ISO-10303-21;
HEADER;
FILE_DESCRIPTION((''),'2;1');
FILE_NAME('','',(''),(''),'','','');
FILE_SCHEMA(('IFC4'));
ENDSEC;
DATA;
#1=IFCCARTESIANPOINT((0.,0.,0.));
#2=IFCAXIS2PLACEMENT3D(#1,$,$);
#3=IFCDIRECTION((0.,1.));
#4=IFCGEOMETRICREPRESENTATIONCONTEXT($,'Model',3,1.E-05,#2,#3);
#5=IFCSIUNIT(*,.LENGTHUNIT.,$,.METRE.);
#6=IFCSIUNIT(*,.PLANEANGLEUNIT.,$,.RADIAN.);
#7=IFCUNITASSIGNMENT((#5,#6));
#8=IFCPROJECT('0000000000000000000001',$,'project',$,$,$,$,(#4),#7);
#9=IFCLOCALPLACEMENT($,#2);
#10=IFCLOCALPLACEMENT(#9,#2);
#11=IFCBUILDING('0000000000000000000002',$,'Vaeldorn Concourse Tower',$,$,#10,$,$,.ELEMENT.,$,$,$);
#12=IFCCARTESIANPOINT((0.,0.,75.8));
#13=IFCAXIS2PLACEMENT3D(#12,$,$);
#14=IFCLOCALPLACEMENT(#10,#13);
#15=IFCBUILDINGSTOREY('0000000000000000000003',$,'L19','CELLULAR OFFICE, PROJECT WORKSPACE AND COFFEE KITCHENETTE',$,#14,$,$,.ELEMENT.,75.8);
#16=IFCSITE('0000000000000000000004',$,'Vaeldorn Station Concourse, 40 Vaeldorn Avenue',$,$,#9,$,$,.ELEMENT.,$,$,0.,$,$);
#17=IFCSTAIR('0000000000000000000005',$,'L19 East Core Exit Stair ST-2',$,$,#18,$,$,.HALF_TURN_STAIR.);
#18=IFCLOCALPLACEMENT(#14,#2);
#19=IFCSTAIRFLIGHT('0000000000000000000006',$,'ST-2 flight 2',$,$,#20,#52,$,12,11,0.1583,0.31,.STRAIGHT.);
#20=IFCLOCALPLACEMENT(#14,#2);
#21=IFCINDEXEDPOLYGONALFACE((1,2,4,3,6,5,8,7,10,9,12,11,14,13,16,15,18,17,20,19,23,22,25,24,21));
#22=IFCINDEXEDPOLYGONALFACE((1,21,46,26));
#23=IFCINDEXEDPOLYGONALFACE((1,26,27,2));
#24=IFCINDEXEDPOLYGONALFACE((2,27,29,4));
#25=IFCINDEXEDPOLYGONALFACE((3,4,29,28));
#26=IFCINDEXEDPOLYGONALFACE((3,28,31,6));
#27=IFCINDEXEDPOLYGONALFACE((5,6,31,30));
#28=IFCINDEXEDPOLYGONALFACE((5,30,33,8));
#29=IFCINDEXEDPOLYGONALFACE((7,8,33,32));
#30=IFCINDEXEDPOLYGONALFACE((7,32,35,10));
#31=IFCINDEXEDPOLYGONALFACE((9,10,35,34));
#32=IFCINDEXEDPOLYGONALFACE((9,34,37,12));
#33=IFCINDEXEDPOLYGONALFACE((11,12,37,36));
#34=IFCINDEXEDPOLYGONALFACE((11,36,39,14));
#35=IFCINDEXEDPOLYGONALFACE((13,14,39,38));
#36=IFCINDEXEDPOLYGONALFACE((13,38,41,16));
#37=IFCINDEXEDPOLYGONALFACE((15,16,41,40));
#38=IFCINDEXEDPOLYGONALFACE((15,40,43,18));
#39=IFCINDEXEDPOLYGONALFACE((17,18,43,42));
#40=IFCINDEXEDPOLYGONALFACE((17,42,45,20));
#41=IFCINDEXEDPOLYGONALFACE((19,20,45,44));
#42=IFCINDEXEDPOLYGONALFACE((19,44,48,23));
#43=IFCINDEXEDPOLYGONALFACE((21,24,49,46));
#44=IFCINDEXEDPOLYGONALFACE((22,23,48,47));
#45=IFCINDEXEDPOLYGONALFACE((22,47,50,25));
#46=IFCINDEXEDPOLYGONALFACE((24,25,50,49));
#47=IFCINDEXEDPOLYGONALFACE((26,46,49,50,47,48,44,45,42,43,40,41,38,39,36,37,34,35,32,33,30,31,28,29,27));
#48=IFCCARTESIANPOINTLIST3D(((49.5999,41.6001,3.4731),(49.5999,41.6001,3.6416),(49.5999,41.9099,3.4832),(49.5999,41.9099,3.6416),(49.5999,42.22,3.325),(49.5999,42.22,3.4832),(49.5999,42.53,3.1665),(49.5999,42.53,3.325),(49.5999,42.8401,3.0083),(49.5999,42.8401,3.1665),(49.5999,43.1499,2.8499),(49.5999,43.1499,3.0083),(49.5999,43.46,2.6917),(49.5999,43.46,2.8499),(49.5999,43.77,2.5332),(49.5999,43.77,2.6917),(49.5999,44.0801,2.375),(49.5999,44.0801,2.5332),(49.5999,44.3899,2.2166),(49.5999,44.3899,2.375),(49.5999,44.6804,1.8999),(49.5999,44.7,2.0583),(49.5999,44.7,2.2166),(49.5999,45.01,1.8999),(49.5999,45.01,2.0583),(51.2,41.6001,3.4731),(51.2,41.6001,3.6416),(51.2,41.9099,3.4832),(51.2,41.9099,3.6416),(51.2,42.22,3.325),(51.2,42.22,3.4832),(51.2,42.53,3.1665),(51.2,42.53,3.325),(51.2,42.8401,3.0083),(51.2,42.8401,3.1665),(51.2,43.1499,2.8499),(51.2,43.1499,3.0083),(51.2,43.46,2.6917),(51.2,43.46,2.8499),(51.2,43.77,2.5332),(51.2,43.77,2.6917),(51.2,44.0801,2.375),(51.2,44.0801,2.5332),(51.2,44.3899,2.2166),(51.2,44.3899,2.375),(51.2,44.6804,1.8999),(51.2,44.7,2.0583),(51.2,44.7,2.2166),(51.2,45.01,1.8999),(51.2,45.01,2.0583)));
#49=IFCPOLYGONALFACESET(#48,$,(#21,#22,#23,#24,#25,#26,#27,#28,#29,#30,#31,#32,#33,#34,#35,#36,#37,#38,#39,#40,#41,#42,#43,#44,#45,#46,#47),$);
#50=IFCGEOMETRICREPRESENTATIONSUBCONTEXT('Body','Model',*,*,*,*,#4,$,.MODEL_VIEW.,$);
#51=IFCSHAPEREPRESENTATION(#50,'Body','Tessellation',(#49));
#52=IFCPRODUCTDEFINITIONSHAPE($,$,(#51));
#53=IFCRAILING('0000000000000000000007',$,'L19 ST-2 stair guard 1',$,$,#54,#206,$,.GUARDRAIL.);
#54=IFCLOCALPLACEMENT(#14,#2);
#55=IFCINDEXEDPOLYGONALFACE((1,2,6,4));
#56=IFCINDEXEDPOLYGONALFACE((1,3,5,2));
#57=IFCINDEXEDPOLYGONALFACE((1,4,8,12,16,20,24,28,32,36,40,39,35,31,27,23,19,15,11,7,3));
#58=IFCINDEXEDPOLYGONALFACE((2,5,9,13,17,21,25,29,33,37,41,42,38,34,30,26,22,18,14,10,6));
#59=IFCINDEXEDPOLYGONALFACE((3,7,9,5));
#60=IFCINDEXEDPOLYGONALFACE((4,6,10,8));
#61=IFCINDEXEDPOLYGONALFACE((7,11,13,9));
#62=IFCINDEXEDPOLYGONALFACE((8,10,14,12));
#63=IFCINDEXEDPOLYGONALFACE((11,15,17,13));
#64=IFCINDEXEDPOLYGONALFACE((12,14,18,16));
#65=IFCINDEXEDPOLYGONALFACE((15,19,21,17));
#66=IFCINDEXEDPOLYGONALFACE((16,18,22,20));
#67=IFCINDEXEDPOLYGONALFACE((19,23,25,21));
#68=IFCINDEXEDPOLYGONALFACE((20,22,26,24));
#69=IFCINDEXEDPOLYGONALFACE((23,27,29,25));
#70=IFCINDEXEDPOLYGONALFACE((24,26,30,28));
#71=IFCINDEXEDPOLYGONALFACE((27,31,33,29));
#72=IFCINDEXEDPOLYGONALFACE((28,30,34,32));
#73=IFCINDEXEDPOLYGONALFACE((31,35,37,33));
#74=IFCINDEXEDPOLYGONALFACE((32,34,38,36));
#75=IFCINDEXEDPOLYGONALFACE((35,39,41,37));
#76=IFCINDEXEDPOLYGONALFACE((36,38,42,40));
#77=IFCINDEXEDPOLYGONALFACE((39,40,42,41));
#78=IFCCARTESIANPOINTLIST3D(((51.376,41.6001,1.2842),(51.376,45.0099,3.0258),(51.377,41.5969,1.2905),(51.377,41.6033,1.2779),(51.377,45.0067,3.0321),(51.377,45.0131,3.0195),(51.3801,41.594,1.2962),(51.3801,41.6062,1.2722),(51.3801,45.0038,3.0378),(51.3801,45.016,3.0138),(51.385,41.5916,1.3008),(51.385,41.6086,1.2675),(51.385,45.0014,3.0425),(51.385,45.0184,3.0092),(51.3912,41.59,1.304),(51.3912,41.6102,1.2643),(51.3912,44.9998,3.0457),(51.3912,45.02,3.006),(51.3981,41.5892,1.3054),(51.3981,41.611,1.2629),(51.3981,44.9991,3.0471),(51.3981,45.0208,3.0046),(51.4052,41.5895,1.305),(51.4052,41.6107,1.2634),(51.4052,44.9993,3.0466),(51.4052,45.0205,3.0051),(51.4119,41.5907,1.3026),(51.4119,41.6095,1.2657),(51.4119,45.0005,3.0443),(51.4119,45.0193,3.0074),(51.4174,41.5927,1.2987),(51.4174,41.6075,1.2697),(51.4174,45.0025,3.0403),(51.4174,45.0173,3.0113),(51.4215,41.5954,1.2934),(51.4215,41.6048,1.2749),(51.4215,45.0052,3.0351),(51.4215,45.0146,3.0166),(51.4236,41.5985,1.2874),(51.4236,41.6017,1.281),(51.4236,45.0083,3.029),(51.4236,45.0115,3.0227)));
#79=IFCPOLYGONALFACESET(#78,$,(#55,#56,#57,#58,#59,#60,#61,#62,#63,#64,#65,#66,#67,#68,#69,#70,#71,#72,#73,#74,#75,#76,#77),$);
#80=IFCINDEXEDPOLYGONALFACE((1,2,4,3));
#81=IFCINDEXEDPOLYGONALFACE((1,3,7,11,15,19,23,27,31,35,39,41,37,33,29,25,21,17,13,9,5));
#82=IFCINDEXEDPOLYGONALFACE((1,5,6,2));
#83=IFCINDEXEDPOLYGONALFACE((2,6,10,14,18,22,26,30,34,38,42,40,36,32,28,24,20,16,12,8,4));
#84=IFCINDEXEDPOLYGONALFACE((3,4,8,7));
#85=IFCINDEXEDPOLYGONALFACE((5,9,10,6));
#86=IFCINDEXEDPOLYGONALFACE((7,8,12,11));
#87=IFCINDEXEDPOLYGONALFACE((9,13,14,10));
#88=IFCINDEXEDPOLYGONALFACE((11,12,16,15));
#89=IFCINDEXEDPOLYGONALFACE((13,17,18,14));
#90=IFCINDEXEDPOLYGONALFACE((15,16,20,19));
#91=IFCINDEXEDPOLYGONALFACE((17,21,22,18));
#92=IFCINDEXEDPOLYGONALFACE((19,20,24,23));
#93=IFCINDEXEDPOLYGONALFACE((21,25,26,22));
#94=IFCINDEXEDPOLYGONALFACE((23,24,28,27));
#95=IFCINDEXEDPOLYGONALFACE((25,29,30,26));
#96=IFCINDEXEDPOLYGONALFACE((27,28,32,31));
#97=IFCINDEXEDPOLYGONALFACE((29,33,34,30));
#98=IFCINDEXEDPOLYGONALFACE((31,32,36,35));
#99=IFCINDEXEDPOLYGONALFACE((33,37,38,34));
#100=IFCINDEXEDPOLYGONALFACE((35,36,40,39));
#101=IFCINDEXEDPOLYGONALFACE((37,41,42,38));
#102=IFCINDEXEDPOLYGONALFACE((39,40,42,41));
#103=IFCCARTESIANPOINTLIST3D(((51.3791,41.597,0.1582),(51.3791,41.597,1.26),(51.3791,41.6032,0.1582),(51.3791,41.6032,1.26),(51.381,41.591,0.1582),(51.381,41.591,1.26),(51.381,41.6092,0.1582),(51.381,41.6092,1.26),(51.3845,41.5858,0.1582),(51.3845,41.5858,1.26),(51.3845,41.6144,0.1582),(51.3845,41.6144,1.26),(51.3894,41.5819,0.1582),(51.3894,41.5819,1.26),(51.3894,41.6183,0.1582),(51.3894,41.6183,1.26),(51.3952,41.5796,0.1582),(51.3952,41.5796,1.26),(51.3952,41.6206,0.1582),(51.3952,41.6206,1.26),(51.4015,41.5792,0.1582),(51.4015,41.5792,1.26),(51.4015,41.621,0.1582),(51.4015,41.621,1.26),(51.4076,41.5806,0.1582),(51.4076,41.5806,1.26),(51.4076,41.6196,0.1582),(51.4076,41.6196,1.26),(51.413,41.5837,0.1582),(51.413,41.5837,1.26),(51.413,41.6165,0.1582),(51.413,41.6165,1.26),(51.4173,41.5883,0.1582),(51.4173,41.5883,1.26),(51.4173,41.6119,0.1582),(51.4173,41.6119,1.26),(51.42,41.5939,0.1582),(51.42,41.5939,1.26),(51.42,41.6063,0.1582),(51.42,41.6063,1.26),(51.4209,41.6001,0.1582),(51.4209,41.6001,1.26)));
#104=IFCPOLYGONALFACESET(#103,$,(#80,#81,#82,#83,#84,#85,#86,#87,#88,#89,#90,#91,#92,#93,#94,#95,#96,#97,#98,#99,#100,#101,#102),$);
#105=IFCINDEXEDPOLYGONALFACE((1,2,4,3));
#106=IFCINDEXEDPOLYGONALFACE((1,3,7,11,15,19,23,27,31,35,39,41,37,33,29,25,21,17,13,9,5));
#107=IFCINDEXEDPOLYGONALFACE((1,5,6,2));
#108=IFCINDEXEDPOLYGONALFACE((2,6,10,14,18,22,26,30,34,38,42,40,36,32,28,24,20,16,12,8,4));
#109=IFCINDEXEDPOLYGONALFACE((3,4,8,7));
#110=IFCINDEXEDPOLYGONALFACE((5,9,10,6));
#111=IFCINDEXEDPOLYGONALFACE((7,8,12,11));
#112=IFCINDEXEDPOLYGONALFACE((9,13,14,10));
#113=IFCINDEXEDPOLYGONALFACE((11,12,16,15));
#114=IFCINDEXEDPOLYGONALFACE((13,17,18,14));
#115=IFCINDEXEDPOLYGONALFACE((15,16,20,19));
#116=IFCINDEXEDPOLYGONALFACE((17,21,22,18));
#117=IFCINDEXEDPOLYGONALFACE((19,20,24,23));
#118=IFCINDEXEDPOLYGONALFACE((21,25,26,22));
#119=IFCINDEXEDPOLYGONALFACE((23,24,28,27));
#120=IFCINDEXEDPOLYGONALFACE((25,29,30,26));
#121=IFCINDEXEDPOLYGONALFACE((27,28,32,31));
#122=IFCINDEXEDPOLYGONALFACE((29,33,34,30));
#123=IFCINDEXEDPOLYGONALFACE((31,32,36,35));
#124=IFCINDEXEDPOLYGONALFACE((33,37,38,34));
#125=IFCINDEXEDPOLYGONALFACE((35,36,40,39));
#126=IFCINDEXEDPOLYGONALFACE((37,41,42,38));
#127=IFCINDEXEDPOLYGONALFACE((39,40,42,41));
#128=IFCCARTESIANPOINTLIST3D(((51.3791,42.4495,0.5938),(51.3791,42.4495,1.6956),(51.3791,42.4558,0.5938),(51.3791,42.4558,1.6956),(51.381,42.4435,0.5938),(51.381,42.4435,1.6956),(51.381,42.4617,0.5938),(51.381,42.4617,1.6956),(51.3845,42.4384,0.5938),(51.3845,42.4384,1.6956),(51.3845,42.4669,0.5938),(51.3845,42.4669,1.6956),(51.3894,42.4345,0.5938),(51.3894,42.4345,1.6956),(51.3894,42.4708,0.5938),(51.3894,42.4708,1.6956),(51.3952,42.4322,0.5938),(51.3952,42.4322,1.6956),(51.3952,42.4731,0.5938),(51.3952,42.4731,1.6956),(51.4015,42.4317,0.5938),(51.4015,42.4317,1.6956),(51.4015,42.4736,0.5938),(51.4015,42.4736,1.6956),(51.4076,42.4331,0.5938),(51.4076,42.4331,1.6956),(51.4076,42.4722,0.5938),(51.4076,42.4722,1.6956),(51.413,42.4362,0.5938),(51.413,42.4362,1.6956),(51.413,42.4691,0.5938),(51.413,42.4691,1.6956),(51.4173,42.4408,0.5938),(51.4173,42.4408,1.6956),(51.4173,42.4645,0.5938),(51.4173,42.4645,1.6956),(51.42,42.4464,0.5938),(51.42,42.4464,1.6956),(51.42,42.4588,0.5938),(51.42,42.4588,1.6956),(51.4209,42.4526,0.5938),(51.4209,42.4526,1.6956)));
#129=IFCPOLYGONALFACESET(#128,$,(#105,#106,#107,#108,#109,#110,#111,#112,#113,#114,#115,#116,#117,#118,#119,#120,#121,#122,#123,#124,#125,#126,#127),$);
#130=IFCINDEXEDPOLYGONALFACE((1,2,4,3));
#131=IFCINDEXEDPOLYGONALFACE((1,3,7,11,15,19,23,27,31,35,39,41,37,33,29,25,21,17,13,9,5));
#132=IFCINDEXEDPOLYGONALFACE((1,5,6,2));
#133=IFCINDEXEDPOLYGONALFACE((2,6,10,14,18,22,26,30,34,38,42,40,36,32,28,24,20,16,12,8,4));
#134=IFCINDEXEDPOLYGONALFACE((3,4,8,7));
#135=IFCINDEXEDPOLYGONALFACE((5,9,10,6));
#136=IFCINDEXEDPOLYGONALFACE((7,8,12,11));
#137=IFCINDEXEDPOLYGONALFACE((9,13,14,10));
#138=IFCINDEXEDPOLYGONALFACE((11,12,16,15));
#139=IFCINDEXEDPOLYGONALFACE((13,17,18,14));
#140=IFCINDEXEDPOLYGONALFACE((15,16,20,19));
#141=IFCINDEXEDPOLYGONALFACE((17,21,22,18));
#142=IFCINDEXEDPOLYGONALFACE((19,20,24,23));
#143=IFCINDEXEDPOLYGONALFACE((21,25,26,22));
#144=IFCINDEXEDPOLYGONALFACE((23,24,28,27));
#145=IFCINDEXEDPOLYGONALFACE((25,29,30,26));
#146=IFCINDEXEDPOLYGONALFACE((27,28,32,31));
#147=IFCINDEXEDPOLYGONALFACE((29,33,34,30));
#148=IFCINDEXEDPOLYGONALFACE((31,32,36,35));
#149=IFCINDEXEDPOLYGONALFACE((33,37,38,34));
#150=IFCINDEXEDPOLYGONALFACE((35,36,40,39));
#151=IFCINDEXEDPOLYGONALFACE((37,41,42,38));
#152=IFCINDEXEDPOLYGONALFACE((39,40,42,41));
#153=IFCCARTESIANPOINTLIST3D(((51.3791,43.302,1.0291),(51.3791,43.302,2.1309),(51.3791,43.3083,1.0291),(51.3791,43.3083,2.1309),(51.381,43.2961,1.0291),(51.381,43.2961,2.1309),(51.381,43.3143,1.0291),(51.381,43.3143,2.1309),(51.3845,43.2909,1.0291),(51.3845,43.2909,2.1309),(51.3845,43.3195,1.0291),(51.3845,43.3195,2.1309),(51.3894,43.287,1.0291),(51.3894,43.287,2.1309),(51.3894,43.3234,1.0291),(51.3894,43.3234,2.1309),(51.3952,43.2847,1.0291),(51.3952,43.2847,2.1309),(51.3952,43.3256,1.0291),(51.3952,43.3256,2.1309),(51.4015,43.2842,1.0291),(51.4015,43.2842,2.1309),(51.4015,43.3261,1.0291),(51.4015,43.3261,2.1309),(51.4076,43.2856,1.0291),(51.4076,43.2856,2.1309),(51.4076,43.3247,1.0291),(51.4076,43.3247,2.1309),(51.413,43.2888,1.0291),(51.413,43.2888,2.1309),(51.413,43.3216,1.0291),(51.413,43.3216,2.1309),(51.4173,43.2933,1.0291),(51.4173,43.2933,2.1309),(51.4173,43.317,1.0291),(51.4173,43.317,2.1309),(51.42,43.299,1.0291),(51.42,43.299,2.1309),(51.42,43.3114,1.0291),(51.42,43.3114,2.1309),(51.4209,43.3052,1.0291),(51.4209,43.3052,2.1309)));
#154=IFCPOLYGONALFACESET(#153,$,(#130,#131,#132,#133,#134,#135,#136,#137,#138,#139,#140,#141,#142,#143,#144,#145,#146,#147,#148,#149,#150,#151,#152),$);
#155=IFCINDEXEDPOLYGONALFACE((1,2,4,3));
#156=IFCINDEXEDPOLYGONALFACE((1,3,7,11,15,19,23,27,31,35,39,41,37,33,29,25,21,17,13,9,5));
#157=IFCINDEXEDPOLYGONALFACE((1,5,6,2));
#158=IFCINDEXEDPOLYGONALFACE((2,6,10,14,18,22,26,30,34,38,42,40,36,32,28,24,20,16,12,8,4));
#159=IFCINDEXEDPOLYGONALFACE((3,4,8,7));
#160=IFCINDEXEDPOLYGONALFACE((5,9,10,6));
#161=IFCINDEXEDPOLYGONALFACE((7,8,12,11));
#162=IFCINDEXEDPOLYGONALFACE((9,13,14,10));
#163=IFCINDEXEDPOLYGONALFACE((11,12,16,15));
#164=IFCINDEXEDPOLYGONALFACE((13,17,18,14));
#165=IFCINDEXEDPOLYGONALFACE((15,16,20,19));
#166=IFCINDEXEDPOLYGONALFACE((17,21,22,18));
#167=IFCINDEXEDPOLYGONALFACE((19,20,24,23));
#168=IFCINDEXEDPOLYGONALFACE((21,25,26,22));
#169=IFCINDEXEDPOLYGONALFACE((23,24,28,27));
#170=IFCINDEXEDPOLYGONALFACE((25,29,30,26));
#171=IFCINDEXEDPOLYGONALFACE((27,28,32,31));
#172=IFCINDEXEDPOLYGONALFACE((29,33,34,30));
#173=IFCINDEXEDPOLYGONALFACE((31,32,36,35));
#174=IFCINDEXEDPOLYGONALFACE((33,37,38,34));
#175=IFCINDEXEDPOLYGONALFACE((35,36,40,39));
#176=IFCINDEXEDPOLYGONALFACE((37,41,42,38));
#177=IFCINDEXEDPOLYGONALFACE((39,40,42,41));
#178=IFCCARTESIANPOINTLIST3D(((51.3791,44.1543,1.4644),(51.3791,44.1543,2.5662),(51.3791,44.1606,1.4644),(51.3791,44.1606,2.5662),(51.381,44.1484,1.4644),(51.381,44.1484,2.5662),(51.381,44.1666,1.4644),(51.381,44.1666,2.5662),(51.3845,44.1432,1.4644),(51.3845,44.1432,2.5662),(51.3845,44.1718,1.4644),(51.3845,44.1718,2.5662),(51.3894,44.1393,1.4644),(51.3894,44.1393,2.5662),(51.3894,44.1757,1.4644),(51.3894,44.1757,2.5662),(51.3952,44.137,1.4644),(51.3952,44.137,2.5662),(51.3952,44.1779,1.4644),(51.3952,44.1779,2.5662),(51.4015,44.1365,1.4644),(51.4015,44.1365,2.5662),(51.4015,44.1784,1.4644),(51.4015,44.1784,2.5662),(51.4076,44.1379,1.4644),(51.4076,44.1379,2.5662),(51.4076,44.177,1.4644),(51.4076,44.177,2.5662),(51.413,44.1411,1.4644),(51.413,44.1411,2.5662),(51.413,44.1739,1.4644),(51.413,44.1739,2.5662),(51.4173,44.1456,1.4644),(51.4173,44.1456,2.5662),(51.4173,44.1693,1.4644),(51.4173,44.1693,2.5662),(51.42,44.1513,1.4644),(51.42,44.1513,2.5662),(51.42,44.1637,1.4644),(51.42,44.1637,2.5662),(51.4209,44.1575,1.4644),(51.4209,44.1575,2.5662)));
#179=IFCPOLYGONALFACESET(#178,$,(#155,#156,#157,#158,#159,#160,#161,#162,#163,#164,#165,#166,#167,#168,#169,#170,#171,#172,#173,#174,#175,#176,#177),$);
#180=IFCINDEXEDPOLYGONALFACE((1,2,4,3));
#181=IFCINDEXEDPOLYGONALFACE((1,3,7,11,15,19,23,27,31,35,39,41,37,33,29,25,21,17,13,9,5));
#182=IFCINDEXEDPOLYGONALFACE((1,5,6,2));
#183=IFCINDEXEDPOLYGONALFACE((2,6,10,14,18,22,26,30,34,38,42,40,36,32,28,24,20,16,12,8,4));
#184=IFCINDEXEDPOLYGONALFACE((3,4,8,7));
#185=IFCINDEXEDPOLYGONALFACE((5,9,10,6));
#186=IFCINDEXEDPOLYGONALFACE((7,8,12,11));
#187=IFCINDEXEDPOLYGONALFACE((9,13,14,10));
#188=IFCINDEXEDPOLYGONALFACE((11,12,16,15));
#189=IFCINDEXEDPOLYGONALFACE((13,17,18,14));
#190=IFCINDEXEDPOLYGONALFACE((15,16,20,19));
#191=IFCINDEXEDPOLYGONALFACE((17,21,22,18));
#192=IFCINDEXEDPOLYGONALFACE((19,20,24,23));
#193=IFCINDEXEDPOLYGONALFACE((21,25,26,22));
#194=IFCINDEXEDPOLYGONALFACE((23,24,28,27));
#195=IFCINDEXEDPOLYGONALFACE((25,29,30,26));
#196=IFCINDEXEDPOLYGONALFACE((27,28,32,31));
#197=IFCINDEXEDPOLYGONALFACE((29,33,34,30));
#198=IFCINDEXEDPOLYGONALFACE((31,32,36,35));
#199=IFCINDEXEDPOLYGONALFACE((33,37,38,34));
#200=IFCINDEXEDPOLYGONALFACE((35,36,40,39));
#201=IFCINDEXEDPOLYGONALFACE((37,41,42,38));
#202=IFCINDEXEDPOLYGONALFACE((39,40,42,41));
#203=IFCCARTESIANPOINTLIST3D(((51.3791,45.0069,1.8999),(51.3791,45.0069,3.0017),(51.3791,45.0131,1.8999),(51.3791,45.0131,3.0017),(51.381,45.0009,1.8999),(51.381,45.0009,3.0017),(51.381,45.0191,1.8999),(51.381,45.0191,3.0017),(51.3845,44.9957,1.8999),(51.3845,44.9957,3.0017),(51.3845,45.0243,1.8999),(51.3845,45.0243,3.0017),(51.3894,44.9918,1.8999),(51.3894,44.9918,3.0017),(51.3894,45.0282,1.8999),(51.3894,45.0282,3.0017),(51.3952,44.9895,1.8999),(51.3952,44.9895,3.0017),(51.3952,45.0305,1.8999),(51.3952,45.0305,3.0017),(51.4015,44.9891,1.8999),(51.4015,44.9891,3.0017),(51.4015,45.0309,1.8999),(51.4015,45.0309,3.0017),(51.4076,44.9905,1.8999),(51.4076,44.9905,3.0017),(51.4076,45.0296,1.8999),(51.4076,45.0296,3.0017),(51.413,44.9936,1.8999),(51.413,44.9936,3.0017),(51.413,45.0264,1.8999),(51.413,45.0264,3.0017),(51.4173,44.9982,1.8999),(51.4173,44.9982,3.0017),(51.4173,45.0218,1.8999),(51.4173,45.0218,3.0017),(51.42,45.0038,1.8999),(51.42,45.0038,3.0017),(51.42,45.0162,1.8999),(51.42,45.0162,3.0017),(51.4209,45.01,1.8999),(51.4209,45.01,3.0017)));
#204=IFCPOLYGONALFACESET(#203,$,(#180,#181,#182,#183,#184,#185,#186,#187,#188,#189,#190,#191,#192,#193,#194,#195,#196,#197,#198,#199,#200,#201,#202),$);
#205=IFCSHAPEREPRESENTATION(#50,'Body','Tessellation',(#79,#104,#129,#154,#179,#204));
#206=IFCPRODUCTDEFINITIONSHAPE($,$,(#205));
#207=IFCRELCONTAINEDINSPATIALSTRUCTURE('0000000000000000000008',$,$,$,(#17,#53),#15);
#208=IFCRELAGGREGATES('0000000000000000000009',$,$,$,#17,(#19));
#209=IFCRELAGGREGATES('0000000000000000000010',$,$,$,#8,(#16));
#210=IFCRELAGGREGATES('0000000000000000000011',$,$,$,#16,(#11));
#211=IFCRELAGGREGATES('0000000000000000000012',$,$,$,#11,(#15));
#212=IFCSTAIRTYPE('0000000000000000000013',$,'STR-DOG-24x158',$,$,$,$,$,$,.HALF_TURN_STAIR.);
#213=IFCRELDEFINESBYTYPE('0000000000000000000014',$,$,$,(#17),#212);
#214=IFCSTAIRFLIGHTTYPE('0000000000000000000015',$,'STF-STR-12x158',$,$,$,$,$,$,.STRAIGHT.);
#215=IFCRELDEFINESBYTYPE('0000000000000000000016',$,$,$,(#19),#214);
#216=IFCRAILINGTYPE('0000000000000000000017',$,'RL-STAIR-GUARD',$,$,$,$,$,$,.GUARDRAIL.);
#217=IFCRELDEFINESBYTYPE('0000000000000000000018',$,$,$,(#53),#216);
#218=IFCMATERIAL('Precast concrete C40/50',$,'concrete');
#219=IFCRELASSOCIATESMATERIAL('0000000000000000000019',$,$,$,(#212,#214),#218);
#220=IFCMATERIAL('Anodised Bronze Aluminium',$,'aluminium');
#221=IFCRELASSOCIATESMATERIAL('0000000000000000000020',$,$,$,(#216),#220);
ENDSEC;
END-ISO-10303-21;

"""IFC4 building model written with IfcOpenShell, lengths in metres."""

from ifc_helpers import new_model, si_unit, direction, frame, origin, origin_2d, place, context, subcontext, project, spatial, polyline, circle, outline, extrude, material, type_object, element, aggregate, save


model = new_model("IFC4")

# Units and contexts
model_context = context("Model", 3, precision=1e-05, world=origin(), true_north=direction((0.0, 1.0)))
body_context = subcontext(model_context, "Body", "Model", "MODEL_VIEW")
ifc_project = project(units=[si_unit("LENGTHUNIT", "METRE"), si_unit("PLANEANGLEUNIT", "RADIAN")], contexts=[model_context])

# Site, building, storey
site_placement = place(None, origin())
site = spatial("IfcSite", under=ifc_project, at=site_placement, Name="Vaeldorn Station Concourse, 40 Vaeldorn Avenue", CompositionType="ELEMENT", RefElevation=0.0)
building_placement = place(site_placement, origin())
building = spatial("IfcBuilding", under=site, at=building_placement, Name="Vaeldorn Concourse Tower", CompositionType="ELEMENT")
storey_placement = place(building_placement, frame((0.0, 0.0, 75.8)))
storey = spatial("IfcBuildingStorey", under=building, at=storey_placement, Name="L19", Description="CELLULAR OFFICE, PROJECT WORKSPACE AND COFFEE KITCHENETTE", CompositionType="ELEMENT", Elevation=75.8)

# Shared definitions
ifc_material_1 = material(Name="Anodised Bronze Aluminium", Category="aluminium")

# Stair, stair flight
ifc_material_2 = material(Name="Precast concrete C40/50", Category="concrete")
stair_type = type_object("IfcStairType", Name="STR-DOG-24x158", PredefinedType="HALF_TURN_STAIR", material=ifc_material_2)
stair_placement = place(storey_placement, origin())
stair = element("IfcStair", 1, at=stair_placement, inside=storey, type_object=stair_type, Name="L19 East Core Exit Stair ST-2", PredefinedType="HALF_TURN_STAIR")
stair_flight_type = type_object("IfcStairFlightType", Name="STF-STR-12x158", PredefinedType="STRAIGHT", material=ifc_material_2)
stair_flight_1_placement = place(storey_placement, frame((50.3999, 45.01, 1.8999), z_axis=(0.0, 0.0, 1.0), x_axis=(0.0, -1.0, 0.0)))
stair_flight_1 = element("IfcStairFlight", 2, at=stair_flight_1_placement, type_object=stair_flight_type, Name="ST-2 flight 2", NumberOfRisers=12, NumberOfTreads=11, PredefinedType="STRAIGHT", RiserHeight=0.1583, TreadLength=0.31, context=body_context, shape_type="SweptSolid", body=[
    extrude(outline(polyline([(0.0, 0.0), (0.0, 0.1584), (0.3101, 0.1584), (0.3101, 0.3167), (0.6201, 0.3167), (0.6201, 0.4751), (0.9299, 0.4751), (0.9299, 0.6333), (1.24, 0.6333), (1.24, 0.7917), (1.55, 0.7917), (1.55, 0.95), (1.8601, 0.95), (1.8601, 1.1084), (2.1699, 1.1084), (2.1699, 1.2666), (2.48, 1.2666), (2.48, 1.425), (2.79, 1.425), (2.79, 1.5833), (3.1001, 1.5833), (3.1001, 1.7417), (3.4099, 1.7417), (3.4099, 1.8999), (3.4099, 1.5732), (0.3296, 0.0), (0.0, 0.0)])), frame((0.0, 0.8, 0.0), z_axis=(0.0, -1.0, 0.0), x_axis=(1.0, 0.0, 0.0)), (0.0, 0.0, 1.0), 1.6001),
])
aggregate(stair, [stair_flight_1])

# Railing
railing_type_1 = type_object("IfcRailingType", Name="RL-STAIR-GUARD", PredefinedType="GUARDRAIL", material=ifc_material_1)
railing_1_placement = place(storey_placement, frame((51.3999, 41.6001, 0.1582)))
element("IfcRailing", 3, at=railing_1_placement, inside=storey, type_object=railing_type_1, Name="L19 ST-2 stair guard 1", PredefinedType="GUARDRAIL", context=body_context, shape_type="SweptSolid", body=[
    extrude(circle(Radius=0.0239, at=origin_2d()), frame((0.0, 0.0, 1.126), z_axis=(0.0, 0.890556, 0.454874), x_axis=(-1.0, 0.0, 0.0)), (0.0, 0.0, 1.0), 3.8289),
    extrude(circle(Radius=0.021, at=origin_2d()), origin(), (0.0, 0.0, 1.0), 1.1018),
    extrude(circle(Radius=0.021, at=origin_2d()), frame((0.0, 0.8525, 0.4355)), (0.0, 0.0, 1.0), 1.1018),
    extrude(circle(Radius=0.021, at=origin_2d()), frame((0.0, 1.7051, 0.8708)), (0.0, 0.0, 1.0), 1.1018),
    extrude(circle(Radius=0.021, at=origin_2d()), frame((0.0, 2.5574, 1.3062)), (0.0, 0.0, 1.0), 1.1018),
    extrude(circle(Radius=0.021, at=origin_2d()), frame((0.0, 3.4099, 1.7417)), (0.0, 0.0, 1.0), 1.1018),
])

save(model, "model.ifc")
